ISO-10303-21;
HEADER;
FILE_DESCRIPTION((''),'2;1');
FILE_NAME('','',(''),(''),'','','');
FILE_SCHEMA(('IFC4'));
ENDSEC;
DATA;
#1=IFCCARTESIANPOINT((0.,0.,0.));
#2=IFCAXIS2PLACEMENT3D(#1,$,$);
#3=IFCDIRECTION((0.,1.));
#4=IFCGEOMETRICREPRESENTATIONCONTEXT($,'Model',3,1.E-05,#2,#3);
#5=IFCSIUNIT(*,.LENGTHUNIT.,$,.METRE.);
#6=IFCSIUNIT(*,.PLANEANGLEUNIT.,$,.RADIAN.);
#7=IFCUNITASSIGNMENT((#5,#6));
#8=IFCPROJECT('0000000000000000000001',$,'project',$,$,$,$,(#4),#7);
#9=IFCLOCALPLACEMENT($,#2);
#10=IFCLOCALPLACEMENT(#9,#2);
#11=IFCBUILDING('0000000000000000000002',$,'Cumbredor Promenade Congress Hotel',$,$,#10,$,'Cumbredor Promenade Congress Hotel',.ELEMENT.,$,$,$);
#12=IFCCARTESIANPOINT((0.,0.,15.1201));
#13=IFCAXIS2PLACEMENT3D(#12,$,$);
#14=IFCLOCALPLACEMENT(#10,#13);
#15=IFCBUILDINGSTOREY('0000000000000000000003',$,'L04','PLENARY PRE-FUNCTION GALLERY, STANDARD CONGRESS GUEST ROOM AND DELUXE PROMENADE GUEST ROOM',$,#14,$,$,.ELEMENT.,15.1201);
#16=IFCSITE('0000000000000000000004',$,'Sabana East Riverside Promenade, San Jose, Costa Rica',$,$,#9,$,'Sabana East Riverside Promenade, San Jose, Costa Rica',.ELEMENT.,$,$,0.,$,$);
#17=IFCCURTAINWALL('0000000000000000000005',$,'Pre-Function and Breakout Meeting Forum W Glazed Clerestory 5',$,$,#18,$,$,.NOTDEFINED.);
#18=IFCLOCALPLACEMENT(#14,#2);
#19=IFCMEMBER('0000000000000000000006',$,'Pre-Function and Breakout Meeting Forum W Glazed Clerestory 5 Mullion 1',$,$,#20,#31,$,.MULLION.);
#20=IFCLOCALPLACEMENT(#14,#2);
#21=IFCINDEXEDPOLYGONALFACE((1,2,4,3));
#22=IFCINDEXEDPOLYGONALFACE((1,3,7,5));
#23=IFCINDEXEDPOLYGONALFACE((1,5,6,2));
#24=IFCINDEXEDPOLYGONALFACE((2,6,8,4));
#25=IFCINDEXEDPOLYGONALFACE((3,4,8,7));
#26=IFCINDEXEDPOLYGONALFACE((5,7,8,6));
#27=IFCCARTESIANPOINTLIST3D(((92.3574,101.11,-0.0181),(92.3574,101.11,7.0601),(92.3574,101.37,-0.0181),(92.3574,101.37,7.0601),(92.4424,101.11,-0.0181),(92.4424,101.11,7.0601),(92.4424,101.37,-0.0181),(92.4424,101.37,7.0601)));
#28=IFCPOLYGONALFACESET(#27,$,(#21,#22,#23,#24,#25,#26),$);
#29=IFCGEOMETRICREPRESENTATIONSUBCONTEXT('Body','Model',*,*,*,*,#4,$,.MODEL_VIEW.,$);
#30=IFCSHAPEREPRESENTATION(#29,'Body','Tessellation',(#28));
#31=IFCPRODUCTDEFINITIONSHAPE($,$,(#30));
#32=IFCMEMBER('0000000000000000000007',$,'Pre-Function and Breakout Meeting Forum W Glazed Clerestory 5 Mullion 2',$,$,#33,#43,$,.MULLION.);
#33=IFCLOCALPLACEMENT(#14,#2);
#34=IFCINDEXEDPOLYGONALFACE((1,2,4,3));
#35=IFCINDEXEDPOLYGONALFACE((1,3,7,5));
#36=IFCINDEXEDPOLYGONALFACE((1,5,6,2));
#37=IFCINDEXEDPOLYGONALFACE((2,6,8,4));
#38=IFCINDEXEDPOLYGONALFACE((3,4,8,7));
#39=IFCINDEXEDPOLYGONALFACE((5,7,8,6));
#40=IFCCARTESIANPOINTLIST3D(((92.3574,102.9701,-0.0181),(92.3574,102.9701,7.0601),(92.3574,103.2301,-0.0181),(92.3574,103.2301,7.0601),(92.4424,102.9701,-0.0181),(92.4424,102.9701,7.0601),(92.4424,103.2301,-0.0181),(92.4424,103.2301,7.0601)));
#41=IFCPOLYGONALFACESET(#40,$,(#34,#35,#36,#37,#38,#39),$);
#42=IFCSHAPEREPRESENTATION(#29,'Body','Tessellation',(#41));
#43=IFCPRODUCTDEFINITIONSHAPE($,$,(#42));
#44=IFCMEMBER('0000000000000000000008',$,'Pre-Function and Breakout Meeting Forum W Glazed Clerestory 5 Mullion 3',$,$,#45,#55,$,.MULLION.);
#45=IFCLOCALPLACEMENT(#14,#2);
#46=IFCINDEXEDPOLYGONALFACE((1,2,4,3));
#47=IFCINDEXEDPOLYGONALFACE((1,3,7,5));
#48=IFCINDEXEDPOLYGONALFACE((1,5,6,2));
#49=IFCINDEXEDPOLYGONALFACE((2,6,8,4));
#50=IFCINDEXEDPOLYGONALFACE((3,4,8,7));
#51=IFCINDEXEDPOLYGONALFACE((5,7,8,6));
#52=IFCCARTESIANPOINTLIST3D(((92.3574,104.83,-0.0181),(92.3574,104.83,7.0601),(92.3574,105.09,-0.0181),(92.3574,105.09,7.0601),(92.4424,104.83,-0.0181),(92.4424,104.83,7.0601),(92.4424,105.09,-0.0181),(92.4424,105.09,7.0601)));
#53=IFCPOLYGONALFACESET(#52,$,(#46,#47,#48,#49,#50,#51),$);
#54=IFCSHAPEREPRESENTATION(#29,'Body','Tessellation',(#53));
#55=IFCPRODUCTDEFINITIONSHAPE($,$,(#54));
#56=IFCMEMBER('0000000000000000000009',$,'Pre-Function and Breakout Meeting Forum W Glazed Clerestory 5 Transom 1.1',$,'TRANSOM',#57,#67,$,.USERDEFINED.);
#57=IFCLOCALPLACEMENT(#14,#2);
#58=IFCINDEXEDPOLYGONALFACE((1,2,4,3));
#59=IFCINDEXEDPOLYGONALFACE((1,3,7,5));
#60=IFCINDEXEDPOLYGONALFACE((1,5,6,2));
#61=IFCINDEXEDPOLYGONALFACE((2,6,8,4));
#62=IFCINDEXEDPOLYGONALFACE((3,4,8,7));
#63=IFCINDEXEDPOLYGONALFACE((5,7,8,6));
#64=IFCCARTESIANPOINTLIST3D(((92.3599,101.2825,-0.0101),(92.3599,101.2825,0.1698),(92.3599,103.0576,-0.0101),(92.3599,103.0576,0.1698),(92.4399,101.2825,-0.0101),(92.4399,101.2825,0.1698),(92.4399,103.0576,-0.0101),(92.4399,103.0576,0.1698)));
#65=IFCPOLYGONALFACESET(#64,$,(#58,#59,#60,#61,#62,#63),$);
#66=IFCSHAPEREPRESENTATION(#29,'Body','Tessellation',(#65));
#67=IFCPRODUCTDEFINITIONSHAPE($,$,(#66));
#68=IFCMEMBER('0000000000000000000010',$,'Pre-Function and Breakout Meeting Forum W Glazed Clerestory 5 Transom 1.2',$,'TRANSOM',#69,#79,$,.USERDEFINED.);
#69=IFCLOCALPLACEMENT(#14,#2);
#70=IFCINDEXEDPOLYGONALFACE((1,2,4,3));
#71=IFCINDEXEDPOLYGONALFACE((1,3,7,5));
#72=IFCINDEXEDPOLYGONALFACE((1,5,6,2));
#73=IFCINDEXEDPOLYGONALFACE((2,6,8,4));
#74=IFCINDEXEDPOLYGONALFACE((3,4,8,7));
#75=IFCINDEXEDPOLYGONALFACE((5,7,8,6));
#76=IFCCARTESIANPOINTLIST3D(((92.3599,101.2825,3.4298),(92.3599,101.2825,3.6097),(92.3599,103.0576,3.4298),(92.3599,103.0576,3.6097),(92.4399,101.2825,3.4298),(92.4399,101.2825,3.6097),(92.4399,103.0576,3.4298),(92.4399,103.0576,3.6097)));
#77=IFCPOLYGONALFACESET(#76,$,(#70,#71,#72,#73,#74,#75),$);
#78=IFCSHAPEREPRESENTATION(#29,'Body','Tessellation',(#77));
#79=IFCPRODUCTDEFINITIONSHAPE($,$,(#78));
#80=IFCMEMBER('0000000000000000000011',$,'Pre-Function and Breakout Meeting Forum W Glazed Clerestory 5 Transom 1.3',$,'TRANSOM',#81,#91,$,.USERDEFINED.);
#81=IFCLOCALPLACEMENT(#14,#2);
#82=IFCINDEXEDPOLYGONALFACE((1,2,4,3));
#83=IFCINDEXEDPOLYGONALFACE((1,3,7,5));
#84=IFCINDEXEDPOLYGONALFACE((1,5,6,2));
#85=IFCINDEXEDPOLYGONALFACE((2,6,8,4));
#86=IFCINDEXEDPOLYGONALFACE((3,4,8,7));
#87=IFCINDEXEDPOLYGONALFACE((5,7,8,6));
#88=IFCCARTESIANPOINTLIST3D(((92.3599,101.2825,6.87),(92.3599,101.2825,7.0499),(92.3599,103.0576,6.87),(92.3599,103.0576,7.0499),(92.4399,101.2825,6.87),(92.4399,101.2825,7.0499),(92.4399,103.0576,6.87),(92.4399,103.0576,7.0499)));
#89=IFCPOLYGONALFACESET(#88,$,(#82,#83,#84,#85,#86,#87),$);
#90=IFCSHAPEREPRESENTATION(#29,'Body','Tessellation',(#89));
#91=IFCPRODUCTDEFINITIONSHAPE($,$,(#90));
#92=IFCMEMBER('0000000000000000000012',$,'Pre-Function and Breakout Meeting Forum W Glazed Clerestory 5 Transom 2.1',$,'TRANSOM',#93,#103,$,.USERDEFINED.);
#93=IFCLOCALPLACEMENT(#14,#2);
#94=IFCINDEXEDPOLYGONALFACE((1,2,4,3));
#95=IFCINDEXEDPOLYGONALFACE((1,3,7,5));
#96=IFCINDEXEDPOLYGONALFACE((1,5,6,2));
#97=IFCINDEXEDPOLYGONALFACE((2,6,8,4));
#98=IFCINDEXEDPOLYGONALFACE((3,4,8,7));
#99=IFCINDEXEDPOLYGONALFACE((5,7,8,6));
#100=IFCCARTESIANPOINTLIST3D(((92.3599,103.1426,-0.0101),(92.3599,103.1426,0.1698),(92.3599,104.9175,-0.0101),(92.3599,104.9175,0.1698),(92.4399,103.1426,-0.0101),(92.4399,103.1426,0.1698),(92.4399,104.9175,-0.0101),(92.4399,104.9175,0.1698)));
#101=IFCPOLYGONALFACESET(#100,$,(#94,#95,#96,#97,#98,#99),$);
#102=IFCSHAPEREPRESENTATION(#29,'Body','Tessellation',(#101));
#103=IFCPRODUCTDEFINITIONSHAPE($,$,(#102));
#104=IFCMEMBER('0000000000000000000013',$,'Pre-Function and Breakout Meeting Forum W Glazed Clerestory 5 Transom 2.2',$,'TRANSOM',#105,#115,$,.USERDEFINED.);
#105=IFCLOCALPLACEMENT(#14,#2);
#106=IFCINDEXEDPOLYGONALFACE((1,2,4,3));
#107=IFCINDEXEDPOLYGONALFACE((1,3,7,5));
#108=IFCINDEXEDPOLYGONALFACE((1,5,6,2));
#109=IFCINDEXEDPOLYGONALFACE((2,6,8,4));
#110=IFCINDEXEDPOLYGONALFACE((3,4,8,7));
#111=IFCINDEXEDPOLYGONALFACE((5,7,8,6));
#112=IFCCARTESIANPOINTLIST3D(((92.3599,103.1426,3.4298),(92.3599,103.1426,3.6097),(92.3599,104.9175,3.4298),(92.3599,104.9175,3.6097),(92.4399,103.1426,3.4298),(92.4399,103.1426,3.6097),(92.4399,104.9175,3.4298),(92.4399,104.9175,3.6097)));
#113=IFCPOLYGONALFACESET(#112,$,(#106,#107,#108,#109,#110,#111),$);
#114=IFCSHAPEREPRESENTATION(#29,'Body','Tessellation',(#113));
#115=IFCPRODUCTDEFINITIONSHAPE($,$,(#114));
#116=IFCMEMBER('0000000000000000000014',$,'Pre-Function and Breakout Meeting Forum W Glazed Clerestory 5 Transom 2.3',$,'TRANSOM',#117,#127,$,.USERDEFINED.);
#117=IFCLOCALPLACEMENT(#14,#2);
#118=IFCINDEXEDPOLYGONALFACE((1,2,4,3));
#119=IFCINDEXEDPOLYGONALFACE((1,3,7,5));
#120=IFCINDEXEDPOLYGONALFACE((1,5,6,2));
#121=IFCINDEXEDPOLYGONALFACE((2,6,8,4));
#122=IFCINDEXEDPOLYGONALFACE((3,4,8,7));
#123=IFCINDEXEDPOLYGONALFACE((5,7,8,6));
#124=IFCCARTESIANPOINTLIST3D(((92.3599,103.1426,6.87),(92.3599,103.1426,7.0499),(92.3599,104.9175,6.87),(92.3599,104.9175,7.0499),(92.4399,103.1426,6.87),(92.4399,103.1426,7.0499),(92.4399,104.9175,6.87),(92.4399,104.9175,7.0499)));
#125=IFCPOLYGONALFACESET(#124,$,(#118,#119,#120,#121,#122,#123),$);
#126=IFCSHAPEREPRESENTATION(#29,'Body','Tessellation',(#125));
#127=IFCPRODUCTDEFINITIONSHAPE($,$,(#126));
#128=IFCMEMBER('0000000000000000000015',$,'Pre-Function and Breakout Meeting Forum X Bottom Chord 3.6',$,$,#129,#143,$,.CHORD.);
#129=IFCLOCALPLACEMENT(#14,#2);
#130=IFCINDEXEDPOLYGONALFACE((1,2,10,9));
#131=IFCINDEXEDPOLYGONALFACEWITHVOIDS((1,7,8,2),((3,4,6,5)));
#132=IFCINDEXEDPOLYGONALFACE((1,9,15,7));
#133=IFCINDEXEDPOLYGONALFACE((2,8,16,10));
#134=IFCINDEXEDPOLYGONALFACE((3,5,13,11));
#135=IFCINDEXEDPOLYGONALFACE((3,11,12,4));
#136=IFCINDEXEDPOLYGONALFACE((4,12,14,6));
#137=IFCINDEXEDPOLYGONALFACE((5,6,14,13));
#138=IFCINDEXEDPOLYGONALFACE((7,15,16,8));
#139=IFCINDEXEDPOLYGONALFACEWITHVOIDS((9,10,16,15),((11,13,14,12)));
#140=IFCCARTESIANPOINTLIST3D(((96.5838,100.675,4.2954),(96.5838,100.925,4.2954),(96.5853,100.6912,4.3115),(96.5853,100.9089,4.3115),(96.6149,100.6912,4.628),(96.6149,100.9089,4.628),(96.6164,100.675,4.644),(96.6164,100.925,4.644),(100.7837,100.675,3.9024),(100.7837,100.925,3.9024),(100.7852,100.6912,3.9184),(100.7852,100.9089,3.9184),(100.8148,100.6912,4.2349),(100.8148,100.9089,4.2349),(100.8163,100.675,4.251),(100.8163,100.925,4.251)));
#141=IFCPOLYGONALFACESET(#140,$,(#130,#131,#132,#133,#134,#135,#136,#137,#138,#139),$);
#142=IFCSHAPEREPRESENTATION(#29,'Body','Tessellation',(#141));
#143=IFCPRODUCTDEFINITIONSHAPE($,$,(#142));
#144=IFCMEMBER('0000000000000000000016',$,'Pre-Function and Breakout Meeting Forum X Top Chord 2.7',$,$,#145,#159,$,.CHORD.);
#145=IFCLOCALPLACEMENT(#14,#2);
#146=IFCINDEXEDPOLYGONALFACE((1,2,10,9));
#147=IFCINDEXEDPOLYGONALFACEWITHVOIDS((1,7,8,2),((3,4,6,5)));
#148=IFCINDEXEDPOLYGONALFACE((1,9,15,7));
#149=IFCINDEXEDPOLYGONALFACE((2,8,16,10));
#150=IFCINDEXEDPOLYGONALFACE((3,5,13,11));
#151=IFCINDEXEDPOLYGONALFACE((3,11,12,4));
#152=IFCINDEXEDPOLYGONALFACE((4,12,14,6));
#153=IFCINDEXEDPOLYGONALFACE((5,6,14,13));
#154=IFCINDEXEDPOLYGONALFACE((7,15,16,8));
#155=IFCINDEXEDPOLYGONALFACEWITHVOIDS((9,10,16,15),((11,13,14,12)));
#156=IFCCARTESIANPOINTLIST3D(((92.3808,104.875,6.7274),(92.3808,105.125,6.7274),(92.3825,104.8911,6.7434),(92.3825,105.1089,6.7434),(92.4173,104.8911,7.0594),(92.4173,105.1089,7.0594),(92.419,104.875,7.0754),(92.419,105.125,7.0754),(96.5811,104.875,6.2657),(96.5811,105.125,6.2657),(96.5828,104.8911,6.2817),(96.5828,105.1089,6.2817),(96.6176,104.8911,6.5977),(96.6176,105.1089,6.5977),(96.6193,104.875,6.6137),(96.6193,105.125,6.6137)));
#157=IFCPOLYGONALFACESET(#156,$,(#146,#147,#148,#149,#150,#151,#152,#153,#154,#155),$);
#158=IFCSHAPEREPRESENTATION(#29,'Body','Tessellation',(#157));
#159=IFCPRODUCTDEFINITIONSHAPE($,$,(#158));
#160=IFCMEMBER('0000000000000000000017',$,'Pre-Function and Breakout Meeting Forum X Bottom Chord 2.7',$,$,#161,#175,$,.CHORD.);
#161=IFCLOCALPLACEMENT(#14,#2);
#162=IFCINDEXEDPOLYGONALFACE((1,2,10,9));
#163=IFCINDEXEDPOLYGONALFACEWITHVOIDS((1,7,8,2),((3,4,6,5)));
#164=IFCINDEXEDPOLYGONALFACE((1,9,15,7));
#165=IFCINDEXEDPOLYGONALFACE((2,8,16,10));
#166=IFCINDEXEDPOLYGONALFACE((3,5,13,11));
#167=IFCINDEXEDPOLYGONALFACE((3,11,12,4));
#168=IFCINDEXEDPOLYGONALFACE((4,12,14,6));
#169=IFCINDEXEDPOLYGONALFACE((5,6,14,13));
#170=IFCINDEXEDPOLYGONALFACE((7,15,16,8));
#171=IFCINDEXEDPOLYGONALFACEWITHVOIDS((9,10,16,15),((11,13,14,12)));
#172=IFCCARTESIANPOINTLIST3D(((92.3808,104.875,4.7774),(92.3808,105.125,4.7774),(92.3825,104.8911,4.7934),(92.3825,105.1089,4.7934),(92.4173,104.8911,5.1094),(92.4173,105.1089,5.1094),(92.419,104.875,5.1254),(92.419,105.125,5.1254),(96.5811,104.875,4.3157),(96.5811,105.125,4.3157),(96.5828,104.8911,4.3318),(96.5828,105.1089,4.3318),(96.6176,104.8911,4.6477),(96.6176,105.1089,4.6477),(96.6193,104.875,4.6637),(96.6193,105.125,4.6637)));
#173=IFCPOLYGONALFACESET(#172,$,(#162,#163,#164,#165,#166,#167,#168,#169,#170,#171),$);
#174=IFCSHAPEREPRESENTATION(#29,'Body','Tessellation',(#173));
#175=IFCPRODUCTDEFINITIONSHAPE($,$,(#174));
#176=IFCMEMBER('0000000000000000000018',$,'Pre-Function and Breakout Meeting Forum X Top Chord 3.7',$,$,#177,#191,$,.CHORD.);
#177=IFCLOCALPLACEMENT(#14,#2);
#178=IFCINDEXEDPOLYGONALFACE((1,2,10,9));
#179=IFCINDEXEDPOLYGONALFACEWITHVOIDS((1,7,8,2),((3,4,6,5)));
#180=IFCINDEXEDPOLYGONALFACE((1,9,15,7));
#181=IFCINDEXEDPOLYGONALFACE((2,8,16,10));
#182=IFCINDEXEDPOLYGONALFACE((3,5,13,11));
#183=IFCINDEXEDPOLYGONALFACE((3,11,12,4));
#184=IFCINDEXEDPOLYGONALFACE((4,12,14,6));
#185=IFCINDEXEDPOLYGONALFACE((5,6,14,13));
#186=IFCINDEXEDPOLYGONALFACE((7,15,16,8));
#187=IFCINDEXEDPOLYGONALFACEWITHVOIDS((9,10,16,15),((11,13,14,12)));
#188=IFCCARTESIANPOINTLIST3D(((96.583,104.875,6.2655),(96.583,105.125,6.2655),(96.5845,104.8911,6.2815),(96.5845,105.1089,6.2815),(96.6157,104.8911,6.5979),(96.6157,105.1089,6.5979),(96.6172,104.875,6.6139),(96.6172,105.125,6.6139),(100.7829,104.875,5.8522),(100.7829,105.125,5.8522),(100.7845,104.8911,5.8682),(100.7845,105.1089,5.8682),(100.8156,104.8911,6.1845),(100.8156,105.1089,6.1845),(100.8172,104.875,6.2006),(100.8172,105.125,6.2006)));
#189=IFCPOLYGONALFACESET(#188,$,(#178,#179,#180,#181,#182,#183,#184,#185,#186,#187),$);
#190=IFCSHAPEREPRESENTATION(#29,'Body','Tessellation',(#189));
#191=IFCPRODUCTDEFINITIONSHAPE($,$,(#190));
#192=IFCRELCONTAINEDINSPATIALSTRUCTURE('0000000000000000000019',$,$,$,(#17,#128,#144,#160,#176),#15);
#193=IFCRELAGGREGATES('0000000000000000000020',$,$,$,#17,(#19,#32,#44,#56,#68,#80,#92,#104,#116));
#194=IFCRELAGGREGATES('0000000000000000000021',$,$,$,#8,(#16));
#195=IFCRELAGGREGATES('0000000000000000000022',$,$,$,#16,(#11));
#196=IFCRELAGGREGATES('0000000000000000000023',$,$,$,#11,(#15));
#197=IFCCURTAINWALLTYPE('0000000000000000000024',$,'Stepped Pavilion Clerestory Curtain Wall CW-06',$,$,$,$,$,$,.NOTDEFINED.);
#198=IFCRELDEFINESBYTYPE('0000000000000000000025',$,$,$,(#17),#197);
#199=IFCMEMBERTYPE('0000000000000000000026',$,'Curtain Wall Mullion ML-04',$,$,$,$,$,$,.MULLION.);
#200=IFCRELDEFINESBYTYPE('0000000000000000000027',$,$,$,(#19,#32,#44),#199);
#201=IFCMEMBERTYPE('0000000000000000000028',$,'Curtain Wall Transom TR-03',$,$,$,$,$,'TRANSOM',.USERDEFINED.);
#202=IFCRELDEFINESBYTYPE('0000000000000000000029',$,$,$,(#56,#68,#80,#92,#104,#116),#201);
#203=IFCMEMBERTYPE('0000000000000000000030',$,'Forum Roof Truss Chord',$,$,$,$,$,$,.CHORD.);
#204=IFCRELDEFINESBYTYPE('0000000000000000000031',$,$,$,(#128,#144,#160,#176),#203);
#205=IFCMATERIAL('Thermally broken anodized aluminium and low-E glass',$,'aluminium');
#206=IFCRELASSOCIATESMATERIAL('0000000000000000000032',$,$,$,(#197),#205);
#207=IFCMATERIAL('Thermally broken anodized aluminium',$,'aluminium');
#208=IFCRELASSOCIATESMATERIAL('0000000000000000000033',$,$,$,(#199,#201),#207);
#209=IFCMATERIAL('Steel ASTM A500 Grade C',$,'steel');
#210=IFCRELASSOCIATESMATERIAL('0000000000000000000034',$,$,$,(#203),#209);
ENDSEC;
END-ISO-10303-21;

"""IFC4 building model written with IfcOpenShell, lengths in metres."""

from ifc_helpers import new_model, si_unit, direction, frame, origin, origin_2d, place, context, subcontext, project, spatial, rectangle, hollow_rectangle, extrude, material, material_profile, profile_set, type_object, element, aggregate, save


model = new_model("IFC4")

# Units and contexts
model_context = context("Model", 3, precision=1e-05, world=origin(), true_north=direction((0.0, 1.0)))
body_context = subcontext(model_context, "Body", "Model", "MODEL_VIEW")
ifc_project = project(units=[si_unit("LENGTHUNIT", "METRE"), si_unit("PLANEANGLEUNIT", "RADIAN")], contexts=[model_context])

# Site, building, storey
site_placement = place(None, origin())
site = spatial("IfcSite", under=ifc_project, at=site_placement, Name="Sabana East Riverside Promenade, San Jose, Costa Rica", LongName="Sabana East Riverside Promenade, San Jose, Costa Rica", CompositionType="ELEMENT", RefElevation=0.0)
building_placement = place(site_placement, origin())
building = spatial("IfcBuilding", under=site, at=building_placement, Name="Cumbredor Promenade Congress Hotel", LongName="Cumbredor Promenade Congress Hotel", CompositionType="ELEMENT")
storey_placement = place(building_placement, frame((0.0, 0.0, 15.1201)))
storey = spatial("IfcBuildingStorey", under=building, at=storey_placement, Name="L04", Description="PLENARY PRE-FUNCTION GALLERY, STANDARD CONGRESS GUEST ROOM AND DELUXE PROMENADE GUEST ROOM", CompositionType="ELEMENT", Elevation=15.1201)

# Curtain wall, members
ifc_material_1 = material(Name="Thermally broken anodized aluminium and low-E glass", Category="aluminium")
curtain_wall_type = type_object("IfcCurtainWallType", Name="Stepped Pavilion Clerestory Curtain Wall CW-06", PredefinedType="NOTDEFINED", material=ifc_material_1)
curtain_wall_placement = place(storey_placement, origin())
curtain_wall = element("IfcCurtainWall", 1, at=curtain_wall_placement, inside=storey, type_object=curtain_wall_type, Name="Pre-Function and Breakout Meeting Forum W Glazed Clerestory 5", PredefinedType="NOTDEFINED")
ifc_material_2 = material(Name="Thermally broken anodized aluminium", Category="aluminium")
ifc_material_profile_1 = material_profile(ifc_material_2, rectangle(XDim=0.085, YDim=0.26, at=origin_2d()), Name="ALU MULLION CLERESTORY 85x260")
ifc_profile_set_1 = profile_set([ifc_material_profile_1], Name="Thermally broken anodized aluminium")
member_type_1 = type_object("IfcMemberType", Name="Curtain Wall Mullion ML-04", PredefinedType="MULLION", material=ifc_profile_set_1)
member_1_placement = place(storey_placement, frame((92.3999, 101.24, -0.0181), z_axis=(0.0, 0.0, 1.0), x_axis=(1.0, 0.0, 0.0)))
member_1 = element("IfcMember", 2, at=member_1_placement, type_object=member_type_1, Name="Pre-Function and Breakout Meeting Forum W Glazed Clerestory 5 Mullion 1", PredefinedType="MULLION", context=body_context, shape_type="SweptSolid", body=[
    extrude(rectangle(XDim=0.085, YDim=0.26, at=origin_2d()), origin(), (0.0, 0.0, 1.0), 7.0781),
])
member_2_placement = place(storey_placement, frame((92.3999, 103.1001, -0.0181), z_axis=(0.0, 0.0, 1.0), x_axis=(1.0, 0.0, 0.0)))
member_2 = element("IfcMember", 3, at=member_2_placement, type_object=member_type_1, Name="Pre-Function and Breakout Meeting Forum W Glazed Clerestory 5 Mullion 2", PredefinedType="MULLION", context=body_context, shape_type="SweptSolid", body=[
    extrude(rectangle(XDim=0.085, YDim=0.26, at=origin_2d()), origin(), (0.0, 0.0, 1.0), 7.0781),
])
member_3_placement = place(storey_placement, frame((92.3999, 104.96, -0.0181), z_axis=(0.0, 0.0, 1.0), x_axis=(1.0, 0.0, 0.0)))
member_3 = element("IfcMember", 4, at=member_3_placement, type_object=member_type_1, Name="Pre-Function and Breakout Meeting Forum W Glazed Clerestory 5 Mullion 3", PredefinedType="MULLION", context=body_context, shape_type="SweptSolid", body=[
    extrude(rectangle(XDim=0.085, YDim=0.26, at=origin_2d()), origin(), (0.0, 0.0, 1.0), 7.0781),
])
ifc_material_profile_2 = material_profile(ifc_material_2, rectangle(XDim=0.0801, YDim=0.1799, at=origin_2d()), Name="ALU TRANSOM 80x180")
ifc_profile_set_2 = profile_set([ifc_material_profile_2], Name="Thermally broken anodized aluminium")
member_type_2 = type_object("IfcMemberType", Name="Curtain Wall Transom TR-03", ElementType="TRANSOM", PredefinedType="USERDEFINED", material=ifc_profile_set_2)
member_4_placement = place(storey_placement, frame((92.3999, 101.2825, 0.0798), z_axis=(0.0, 1.0, 0.0), x_axis=(-1.0, 0.0, 0.0)))
member_4 = element("IfcMember", 5, at=member_4_placement, type_object=member_type_2, Name="Pre-Function and Breakout Meeting Forum W Glazed Clerestory 5 Transom 1.1", ObjectType="TRANSOM", PredefinedType="USERDEFINED", context=body_context, shape_type="SweptSolid", body=[
    extrude(rectangle(XDim=0.0801, YDim=0.1799, at=origin_2d()), origin(), (0.0, 0.0, 1.0), 1.7751),
])
member_5_placement = place(storey_placement, frame((92.3999, 101.2825, 3.5198), z_axis=(0.0, 1.0, 0.0), x_axis=(-1.0, 0.0, 0.0)))
member_5 = element("IfcMember", 6, at=member_5_placement, type_object=member_type_2, Name="Pre-Function and Breakout Meeting Forum W Glazed Clerestory 5 Transom 1.2", ObjectType="TRANSOM", PredefinedType="USERDEFINED", context=body_context, shape_type="SweptSolid", body=[
    extrude(rectangle(XDim=0.0801, YDim=0.1799, at=origin_2d()), origin(), (0.0, 0.0, 1.0), 1.7751),
])
member_6_placement = place(storey_placement, frame((92.3999, 101.2825, 6.96), z_axis=(0.0, 1.0, 0.0), x_axis=(-1.0, 0.0, 0.0)))
member_6 = element("IfcMember", 7, at=member_6_placement, type_object=member_type_2, Name="Pre-Function and Breakout Meeting Forum W Glazed Clerestory 5 Transom 1.3", ObjectType="TRANSOM", PredefinedType="USERDEFINED", context=body_context, shape_type="SweptSolid", body=[
    extrude(rectangle(XDim=0.0801, YDim=0.1799, at=origin_2d()), origin(), (0.0, 0.0, 1.0), 1.7751),
])
member_7_placement = place(storey_placement, frame((92.3999, 103.1426, 0.0798), z_axis=(0.0, 1.0, 0.0), x_axis=(-1.0, 0.0, 0.0)))
member_7 = element("IfcMember", 8, at=member_7_placement, type_object=member_type_2, Name="Pre-Function and Breakout Meeting Forum W Glazed Clerestory 5 Transom 2.1", ObjectType="TRANSOM", PredefinedType="USERDEFINED", context=body_context, shape_type="SweptSolid", body=[
    extrude(rectangle(XDim=0.0801, YDim=0.1799, at=origin_2d()), origin(), (0.0, 0.0, 1.0), 1.7749),
])
member_8_placement = place(storey_placement, frame((92.3999, 103.1426, 3.5198), z_axis=(0.0, 1.0, 0.0), x_axis=(-1.0, 0.0, 0.0)))
member_8 = element("IfcMember", 9, at=member_8_placement, type_object=member_type_2, Name="Pre-Function and Breakout Meeting Forum W Glazed Clerestory 5 Transom 2.2", ObjectType="TRANSOM", PredefinedType="USERDEFINED", context=body_context, shape_type="SweptSolid", body=[
    extrude(rectangle(XDim=0.0801, YDim=0.1799, at=origin_2d()), origin(), (0.0, 0.0, 1.0), 1.7749),
])
member_9_placement = place(storey_placement, frame((92.3999, 103.1426, 6.96), z_axis=(0.0, 1.0, 0.0), x_axis=(-1.0, 0.0, 0.0)))
member_9 = element("IfcMember", 10, at=member_9_placement, type_object=member_type_2, Name="Pre-Function and Breakout Meeting Forum W Glazed Clerestory 5 Transom 2.3", ObjectType="TRANSOM", PredefinedType="USERDEFINED", context=body_context, shape_type="SweptSolid", body=[
    extrude(rectangle(XDim=0.0801, YDim=0.1799, at=origin_2d()), origin(), (0.0, 0.0, 1.0), 1.7749),
])

# Members
ifc_material_3 = material(Name="Steel ASTM A500 Grade C", Category="steel")
ifc_material_profile_3 = material_profile(ifc_material_3, hollow_rectangle(XDim=0.25, YDim=0.3501, WallThickness=0.0161, at=origin_2d()), Name="HSS 350x250x16")
ifc_profile_set_3 = profile_set([ifc_material_profile_3], Name="Steel ASTM A500 Grade C")
member_type_3 = type_object("IfcMemberType", Name="Forum Roof Truss Chord", PredefinedType="CHORD", material=ifc_profile_set_3)
member_10_placement = place(storey_placement, frame((96.6001, 100.8, 4.4697), z_axis=(0.995649, 0.0, -0.093181), x_axis=(0.0, 1.0, 0.0)))
element("IfcMember", 11, at=member_10_placement, inside=storey, type_object=member_type_3, Name="Pre-Function and Breakout Meeting Forum X Bottom Chord 3.6", PredefinedType="CHORD", context=body_context, shape_type="SweptSolid", body=[
    extrude(hollow_rectangle(XDim=0.25, YDim=0.3501, WallThickness=0.0161, at=origin_2d()), origin(), (0.0, 0.0, 1.0), 4.2183),
])
for number, where, z_axis, x_axis, name in (
    (12, (92.3999, 105.0, 6.9014), (0.994013, 0.0, -0.109258), (0.0, 1.0, 0.0), "Pre-Function and Breakout Meeting Forum X Top Chord 2.7"),
    (13, (92.3999, 105.0, 4.9514), (0.994013, 0.0, -0.109258), (0.0, 1.0, 0.0), "Pre-Function and Breakout Meeting Forum X Bottom Chord 2.7"),
):
    element("IfcMember", number, at=place(storey_placement, frame(where, z_axis=z_axis, x_axis=x_axis)), inside=storey, type_object=member_type_3, Name=name, PredefinedType="CHORD", context=body_context, shape_type="SweptSolid", body=[
        extrude(hollow_rectangle(XDim=0.25, YDim=0.3501, WallThickness=0.0161, at=origin_2d()), origin(), (0.0, 0.0, 1.0), 4.2256),
    ])
for number, where, z_axis, x_axis, name in (
    (14, (96.6001, 105.0, 6.4397), (0.995192, 0.0, -0.09794), (0.0, 1.0, 0.0), "Pre-Function and Breakout Meeting Forum X Top Chord 3.7"),
):
    element("IfcMember", number, at=place(storey_placement, frame(where, z_axis=z_axis, x_axis=x_axis)), inside=storey, type_object=member_type_3, Name=name, PredefinedType="CHORD", context=body_context, shape_type="SweptSolid", body=[
        extrude(hollow_rectangle(XDim=0.25, YDim=0.3501, WallThickness=0.0161, at=origin_2d()), origin(), (0.0, 0.0, 1.0), 4.2202),
    ])

aggregate(curtain_wall, [member_1, member_2, member_3, member_4, member_5, member_6, member_7, member_8, member_9])

save(model, "model.ifc")
